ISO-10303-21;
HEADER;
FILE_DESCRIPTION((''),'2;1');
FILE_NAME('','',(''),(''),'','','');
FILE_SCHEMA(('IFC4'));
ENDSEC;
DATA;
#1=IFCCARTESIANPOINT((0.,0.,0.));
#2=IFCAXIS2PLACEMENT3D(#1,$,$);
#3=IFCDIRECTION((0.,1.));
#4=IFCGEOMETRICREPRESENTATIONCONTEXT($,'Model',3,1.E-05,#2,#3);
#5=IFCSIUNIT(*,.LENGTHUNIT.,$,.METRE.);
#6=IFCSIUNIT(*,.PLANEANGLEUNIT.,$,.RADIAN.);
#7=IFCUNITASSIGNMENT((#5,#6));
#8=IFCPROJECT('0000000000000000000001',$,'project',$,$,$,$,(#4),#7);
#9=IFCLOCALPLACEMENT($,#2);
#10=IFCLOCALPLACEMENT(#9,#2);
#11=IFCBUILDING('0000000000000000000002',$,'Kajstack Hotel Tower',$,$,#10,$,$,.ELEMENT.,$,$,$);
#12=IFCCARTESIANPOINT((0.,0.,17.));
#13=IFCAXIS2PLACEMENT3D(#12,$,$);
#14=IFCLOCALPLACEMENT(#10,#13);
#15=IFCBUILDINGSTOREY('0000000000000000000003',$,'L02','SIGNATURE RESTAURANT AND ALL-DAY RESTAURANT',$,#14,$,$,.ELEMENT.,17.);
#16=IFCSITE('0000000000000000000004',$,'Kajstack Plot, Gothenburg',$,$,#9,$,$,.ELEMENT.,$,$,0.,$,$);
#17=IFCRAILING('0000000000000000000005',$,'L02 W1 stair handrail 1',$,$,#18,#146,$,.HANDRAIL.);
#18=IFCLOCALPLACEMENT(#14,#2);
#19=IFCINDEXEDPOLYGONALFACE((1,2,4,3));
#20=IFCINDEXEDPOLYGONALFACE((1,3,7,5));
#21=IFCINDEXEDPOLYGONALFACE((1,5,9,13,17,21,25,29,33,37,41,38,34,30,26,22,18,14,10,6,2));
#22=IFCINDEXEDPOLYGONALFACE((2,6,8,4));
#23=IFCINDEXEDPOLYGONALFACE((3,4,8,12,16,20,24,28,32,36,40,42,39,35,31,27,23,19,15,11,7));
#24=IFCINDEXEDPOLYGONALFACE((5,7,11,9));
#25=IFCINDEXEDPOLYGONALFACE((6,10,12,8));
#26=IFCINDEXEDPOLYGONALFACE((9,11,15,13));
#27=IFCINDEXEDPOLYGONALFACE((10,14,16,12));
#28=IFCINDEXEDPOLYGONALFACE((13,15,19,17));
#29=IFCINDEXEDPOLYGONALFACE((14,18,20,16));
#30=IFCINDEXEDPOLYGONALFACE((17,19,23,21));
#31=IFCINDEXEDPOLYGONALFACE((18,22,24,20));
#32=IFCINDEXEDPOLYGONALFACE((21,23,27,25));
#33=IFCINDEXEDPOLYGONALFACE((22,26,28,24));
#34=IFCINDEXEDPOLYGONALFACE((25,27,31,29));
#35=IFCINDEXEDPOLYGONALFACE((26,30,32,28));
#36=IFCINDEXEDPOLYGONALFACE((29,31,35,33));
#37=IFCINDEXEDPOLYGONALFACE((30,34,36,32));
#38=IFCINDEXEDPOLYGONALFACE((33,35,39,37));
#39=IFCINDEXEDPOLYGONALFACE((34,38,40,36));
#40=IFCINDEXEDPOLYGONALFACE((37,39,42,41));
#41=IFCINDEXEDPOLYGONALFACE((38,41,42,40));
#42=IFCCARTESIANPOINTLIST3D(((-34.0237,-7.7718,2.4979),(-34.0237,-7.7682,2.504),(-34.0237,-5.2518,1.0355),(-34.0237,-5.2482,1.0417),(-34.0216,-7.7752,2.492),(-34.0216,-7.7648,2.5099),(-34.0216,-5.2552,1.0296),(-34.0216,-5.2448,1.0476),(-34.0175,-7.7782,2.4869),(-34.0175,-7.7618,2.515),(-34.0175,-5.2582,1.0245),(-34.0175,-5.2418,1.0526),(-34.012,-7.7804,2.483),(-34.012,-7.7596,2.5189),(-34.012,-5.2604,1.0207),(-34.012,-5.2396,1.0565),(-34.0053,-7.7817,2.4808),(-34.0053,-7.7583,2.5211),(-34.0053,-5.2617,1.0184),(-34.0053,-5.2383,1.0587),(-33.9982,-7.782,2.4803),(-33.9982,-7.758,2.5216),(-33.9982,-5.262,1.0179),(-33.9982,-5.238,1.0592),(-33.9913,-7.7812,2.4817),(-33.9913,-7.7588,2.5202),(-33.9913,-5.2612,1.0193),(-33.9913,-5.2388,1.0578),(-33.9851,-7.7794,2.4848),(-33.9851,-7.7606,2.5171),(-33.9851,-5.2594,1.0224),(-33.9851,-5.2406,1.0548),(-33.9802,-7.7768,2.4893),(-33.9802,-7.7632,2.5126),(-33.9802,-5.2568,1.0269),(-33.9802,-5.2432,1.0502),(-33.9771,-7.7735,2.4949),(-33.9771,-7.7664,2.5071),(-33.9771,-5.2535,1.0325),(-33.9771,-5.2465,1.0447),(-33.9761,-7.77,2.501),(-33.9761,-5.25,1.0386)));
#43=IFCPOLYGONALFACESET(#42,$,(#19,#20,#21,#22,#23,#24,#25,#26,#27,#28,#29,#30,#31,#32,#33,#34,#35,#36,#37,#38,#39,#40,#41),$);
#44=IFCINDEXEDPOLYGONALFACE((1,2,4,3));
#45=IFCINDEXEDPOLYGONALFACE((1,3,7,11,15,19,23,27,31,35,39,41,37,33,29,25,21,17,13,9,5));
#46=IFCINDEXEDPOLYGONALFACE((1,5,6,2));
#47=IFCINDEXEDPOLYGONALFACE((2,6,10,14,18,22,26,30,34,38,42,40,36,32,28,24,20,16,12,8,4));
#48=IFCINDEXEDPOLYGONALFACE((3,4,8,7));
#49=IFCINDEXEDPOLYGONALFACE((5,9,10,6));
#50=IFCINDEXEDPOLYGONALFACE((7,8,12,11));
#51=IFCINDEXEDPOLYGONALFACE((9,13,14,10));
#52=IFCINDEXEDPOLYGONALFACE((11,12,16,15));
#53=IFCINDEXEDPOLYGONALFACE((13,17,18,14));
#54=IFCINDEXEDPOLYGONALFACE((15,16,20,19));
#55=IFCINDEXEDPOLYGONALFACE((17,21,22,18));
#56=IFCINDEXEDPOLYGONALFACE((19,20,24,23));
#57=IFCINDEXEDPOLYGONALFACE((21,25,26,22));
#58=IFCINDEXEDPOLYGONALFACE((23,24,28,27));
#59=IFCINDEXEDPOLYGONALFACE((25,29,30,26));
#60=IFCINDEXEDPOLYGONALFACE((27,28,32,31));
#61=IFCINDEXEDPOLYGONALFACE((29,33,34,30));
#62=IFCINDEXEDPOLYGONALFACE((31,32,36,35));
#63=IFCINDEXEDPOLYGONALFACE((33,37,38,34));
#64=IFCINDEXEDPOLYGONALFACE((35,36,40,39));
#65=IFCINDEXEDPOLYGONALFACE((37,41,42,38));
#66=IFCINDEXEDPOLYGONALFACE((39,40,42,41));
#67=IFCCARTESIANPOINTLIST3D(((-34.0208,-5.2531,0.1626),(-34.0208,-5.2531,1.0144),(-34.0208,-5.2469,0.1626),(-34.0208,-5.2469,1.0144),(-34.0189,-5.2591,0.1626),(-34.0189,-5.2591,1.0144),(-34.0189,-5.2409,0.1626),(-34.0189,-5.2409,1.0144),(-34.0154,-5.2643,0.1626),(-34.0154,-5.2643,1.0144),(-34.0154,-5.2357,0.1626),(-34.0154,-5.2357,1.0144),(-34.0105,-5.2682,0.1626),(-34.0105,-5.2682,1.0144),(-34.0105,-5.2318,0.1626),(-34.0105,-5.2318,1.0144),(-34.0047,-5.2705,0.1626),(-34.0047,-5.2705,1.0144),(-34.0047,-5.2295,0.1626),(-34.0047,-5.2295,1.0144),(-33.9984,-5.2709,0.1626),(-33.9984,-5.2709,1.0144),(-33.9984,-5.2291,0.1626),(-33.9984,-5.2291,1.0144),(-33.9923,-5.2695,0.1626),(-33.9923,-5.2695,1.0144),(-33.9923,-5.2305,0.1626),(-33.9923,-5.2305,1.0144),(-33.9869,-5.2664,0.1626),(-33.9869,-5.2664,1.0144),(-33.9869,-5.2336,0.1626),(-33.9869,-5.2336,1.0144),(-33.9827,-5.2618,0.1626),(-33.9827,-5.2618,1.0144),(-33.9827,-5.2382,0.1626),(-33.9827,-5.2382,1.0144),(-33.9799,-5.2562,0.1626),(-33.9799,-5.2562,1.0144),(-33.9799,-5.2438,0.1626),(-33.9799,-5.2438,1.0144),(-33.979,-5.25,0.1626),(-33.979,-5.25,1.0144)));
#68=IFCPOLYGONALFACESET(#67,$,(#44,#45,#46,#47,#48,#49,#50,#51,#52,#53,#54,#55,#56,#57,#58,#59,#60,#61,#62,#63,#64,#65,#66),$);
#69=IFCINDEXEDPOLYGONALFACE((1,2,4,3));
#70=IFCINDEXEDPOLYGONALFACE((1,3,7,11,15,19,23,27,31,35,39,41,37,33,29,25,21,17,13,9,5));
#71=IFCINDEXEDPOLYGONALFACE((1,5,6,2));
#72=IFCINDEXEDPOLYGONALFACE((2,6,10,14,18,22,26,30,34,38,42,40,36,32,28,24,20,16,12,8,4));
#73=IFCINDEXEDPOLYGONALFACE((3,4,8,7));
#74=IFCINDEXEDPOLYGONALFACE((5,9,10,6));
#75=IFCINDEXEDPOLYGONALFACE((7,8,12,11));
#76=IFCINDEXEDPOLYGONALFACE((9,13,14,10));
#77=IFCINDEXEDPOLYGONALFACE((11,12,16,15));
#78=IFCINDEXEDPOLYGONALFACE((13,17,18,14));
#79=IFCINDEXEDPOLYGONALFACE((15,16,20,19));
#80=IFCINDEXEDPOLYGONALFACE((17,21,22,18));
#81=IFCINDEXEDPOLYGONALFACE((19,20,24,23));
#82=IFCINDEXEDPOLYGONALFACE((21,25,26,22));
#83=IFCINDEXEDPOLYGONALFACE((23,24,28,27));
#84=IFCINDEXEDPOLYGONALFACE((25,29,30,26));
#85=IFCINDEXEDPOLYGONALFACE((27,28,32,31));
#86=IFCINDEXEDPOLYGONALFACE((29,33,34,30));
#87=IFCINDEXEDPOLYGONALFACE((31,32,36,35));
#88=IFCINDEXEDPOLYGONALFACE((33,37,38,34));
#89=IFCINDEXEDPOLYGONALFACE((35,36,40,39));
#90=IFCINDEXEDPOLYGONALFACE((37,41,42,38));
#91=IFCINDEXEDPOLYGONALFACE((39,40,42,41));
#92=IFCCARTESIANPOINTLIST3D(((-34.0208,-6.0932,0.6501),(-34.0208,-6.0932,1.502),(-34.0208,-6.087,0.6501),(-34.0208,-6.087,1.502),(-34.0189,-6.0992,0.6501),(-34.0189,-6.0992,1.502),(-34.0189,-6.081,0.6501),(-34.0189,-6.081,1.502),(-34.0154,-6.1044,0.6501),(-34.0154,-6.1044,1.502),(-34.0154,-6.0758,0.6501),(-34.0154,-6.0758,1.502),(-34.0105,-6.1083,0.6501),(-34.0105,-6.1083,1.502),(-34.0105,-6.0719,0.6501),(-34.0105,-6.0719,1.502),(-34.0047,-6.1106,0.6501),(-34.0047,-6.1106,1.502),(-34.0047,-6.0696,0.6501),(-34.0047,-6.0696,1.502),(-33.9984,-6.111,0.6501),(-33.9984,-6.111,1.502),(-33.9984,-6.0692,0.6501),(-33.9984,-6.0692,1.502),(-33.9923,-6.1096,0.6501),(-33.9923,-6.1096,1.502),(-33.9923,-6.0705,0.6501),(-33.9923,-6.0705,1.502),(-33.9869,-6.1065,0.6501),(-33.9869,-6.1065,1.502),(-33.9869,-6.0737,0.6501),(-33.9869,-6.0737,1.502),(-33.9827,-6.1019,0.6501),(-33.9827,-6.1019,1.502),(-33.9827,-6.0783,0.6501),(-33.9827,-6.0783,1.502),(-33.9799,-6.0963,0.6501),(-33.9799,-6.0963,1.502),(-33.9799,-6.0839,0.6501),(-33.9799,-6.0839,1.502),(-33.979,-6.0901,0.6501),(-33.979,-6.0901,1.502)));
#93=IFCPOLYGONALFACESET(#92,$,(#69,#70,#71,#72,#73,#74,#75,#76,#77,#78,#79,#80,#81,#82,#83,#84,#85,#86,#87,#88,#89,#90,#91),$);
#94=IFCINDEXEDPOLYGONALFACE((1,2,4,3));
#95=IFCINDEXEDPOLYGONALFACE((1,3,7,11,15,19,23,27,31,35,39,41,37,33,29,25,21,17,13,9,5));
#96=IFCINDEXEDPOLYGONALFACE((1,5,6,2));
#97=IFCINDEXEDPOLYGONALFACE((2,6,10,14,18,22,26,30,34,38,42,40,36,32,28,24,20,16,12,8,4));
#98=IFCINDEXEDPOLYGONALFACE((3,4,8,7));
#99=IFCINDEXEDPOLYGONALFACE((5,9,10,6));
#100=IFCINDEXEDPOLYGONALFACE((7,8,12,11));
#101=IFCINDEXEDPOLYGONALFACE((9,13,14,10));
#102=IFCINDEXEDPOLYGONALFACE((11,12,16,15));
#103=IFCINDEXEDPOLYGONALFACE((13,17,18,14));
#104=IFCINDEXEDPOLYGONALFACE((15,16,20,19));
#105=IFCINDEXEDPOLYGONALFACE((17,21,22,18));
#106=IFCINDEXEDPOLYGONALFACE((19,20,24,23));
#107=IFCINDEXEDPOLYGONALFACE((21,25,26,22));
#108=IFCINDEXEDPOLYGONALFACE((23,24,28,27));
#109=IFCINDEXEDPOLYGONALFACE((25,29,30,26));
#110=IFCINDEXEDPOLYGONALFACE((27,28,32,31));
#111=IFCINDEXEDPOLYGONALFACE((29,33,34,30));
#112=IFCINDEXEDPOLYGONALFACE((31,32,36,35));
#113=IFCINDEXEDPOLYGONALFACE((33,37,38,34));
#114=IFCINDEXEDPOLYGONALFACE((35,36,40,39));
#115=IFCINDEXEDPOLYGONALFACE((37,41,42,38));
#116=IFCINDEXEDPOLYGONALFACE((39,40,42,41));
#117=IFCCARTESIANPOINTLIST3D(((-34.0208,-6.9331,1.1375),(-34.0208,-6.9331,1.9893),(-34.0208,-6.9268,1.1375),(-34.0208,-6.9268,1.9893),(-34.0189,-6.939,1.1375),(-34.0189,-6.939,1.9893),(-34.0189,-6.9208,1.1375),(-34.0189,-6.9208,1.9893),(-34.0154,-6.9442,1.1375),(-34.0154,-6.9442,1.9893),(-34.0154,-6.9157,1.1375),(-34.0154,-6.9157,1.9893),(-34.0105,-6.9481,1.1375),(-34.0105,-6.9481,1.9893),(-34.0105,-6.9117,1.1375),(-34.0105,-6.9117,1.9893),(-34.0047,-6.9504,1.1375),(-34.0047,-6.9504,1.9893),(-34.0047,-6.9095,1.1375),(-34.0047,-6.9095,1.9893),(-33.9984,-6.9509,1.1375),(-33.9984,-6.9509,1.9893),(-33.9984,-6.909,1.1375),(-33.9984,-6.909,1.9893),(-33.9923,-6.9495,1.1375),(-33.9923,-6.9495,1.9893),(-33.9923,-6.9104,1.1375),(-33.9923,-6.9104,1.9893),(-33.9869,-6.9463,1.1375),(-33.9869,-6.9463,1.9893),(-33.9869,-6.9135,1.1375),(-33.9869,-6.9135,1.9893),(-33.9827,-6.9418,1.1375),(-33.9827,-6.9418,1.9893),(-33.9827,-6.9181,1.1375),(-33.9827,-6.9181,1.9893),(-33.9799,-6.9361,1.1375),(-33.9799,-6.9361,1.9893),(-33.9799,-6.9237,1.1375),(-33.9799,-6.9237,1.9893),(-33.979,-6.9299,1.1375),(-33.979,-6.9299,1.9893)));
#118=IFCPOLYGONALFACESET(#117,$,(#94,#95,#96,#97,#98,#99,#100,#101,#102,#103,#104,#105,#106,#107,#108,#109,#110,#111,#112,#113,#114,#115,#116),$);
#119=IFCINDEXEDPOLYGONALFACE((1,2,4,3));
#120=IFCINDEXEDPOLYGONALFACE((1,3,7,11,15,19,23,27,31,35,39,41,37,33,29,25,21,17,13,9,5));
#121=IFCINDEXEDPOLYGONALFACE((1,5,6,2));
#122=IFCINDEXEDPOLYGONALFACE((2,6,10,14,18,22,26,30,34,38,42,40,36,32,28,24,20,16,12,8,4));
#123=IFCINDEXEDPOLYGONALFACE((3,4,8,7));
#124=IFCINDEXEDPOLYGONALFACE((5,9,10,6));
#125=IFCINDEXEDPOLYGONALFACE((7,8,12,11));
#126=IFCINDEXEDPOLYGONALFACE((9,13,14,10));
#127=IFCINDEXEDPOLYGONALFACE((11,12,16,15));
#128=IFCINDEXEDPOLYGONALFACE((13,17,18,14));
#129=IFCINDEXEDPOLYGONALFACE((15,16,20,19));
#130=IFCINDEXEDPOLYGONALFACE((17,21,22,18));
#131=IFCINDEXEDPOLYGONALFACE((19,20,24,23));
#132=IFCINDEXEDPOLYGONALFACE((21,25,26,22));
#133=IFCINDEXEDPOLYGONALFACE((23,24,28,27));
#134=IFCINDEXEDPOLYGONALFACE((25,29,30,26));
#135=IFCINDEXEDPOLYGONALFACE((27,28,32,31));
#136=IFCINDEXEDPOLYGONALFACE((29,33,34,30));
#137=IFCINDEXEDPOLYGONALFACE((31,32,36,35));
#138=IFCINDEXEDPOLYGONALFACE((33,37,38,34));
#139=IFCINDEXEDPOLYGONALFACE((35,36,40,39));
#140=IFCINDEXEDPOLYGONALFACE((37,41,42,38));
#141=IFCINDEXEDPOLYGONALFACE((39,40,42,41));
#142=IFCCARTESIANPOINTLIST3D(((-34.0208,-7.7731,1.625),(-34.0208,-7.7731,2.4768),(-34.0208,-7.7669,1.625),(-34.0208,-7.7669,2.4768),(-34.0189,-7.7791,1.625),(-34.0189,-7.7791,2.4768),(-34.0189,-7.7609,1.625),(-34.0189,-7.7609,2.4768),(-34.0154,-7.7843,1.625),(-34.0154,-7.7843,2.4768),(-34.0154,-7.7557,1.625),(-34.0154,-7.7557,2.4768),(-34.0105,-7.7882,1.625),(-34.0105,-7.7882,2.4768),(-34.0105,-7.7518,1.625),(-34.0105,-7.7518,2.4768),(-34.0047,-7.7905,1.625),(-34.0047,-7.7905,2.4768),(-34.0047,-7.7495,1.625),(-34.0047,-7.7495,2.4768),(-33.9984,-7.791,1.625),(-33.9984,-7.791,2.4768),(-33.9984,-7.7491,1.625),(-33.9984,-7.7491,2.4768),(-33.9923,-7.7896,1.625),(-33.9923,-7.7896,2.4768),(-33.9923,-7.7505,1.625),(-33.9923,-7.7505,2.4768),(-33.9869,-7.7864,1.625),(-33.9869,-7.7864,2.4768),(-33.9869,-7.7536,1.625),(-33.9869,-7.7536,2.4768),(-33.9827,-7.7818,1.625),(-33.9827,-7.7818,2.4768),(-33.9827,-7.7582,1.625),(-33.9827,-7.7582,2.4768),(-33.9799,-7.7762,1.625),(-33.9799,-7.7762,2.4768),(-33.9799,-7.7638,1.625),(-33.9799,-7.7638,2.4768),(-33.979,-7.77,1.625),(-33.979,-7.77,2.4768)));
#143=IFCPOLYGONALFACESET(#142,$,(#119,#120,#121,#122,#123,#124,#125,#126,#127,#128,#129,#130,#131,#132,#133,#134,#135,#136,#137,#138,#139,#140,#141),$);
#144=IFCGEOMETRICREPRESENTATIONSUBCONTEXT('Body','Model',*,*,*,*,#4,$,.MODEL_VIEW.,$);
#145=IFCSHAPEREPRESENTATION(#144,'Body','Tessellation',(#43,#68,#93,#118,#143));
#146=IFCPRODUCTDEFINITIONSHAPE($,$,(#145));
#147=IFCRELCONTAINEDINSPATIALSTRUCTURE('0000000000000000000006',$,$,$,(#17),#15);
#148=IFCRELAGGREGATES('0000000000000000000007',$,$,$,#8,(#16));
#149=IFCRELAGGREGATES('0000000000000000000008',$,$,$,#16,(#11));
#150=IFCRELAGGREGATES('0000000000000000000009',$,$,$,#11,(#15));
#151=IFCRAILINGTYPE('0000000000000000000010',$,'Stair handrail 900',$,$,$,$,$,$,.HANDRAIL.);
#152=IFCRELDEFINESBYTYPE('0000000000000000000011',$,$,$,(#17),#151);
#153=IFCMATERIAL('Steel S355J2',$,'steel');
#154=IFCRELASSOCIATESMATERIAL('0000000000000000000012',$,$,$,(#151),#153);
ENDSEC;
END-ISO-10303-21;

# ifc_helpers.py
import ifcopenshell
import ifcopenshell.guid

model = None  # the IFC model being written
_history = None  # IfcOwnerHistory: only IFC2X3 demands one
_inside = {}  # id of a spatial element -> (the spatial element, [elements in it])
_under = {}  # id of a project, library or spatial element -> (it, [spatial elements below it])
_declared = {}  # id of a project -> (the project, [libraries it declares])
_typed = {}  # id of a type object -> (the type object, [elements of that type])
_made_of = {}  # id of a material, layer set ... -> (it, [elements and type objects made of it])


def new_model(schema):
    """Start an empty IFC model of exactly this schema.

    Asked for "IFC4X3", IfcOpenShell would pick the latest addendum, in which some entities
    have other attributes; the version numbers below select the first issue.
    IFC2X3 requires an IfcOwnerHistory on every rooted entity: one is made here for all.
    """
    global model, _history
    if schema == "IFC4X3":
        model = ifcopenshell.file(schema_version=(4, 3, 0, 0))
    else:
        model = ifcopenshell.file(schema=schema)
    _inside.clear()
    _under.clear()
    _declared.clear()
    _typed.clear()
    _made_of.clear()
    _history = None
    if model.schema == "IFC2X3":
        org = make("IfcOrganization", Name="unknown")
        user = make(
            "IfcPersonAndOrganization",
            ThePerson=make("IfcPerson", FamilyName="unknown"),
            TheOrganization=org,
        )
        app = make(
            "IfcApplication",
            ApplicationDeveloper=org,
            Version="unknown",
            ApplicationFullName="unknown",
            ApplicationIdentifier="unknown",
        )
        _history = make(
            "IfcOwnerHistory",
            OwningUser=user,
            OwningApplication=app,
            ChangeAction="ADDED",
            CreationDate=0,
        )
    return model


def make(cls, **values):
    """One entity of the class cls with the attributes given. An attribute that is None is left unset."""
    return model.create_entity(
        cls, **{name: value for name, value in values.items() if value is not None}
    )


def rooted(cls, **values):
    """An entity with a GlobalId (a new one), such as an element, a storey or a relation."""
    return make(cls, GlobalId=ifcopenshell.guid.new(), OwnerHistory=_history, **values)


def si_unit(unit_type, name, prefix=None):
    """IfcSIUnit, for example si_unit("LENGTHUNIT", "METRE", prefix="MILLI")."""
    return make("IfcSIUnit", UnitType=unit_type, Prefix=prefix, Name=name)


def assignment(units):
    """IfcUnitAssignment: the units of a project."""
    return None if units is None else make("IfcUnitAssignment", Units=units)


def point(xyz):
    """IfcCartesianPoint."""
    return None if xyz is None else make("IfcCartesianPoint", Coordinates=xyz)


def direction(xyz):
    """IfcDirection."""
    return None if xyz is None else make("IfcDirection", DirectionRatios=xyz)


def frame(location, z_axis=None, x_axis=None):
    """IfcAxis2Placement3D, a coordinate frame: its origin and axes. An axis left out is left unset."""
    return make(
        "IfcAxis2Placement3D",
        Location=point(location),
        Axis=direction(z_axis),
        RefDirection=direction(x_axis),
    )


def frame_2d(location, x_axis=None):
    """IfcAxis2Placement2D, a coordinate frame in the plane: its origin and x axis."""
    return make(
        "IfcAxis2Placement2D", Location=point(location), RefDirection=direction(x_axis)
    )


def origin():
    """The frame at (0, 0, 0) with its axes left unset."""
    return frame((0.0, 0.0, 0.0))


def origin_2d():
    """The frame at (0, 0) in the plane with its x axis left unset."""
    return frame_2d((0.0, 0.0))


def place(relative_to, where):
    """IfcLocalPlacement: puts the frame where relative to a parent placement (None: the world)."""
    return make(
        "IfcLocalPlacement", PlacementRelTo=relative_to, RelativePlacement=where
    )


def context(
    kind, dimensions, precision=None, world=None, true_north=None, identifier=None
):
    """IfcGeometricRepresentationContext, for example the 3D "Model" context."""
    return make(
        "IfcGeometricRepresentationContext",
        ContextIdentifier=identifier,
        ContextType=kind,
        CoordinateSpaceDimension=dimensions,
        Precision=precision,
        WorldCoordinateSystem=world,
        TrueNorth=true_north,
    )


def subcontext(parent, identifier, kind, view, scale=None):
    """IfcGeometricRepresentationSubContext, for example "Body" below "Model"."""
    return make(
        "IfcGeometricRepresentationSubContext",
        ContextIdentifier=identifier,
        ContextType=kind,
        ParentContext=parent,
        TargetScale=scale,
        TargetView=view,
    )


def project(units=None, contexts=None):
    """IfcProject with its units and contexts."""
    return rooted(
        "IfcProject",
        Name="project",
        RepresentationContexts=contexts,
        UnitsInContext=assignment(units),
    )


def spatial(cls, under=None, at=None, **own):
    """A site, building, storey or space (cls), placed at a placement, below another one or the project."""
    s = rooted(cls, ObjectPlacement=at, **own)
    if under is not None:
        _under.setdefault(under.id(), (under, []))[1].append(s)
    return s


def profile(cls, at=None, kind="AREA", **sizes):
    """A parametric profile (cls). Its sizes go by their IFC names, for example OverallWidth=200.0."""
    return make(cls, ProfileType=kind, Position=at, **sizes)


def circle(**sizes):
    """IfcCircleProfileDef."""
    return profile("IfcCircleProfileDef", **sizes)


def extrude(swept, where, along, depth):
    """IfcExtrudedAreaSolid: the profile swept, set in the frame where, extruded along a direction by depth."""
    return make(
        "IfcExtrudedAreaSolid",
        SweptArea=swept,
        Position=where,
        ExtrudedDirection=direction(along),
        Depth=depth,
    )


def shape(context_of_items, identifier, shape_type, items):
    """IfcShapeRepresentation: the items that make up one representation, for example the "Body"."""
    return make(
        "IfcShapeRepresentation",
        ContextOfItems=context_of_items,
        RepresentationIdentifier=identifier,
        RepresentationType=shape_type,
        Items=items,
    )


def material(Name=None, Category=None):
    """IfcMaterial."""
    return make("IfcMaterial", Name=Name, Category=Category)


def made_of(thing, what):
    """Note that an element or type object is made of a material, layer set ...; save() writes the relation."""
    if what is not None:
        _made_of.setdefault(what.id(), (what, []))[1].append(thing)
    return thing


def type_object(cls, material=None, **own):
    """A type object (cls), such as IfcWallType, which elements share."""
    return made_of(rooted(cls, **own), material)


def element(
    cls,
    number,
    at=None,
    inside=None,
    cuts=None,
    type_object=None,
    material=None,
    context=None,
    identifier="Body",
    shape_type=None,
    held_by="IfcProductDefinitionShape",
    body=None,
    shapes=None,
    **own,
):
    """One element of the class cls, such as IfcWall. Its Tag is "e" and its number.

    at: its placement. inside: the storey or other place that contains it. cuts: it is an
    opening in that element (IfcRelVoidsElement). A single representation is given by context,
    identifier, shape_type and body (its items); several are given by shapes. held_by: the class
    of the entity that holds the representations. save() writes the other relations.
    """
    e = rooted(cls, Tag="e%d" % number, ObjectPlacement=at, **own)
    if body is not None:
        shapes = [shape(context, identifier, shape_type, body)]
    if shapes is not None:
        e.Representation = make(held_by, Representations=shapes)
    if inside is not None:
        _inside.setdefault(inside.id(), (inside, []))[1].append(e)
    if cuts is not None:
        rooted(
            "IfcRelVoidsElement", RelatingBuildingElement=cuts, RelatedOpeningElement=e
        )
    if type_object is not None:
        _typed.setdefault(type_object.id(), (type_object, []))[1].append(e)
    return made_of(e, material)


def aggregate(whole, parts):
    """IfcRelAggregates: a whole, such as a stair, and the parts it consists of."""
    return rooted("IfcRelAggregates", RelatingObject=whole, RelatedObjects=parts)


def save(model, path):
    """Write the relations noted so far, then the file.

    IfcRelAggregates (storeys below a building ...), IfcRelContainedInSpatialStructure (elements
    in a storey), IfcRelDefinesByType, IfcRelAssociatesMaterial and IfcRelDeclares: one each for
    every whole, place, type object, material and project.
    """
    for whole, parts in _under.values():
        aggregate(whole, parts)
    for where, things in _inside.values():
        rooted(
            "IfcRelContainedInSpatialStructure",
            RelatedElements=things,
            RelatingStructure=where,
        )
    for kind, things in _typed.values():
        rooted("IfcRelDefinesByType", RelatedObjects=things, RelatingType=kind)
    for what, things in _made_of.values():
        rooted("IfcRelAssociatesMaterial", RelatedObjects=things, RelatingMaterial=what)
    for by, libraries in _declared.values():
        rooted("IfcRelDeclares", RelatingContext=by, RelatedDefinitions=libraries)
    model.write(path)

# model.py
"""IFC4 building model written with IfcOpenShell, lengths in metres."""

from ifc_helpers import new_model, si_unit, direction, frame, origin, origin_2d, place, context, subcontext, project, spatial, circle, extrude, material, type_object, element, save


model = new_model("IFC4")

# Units and contexts
model_context = context("Model", 3, precision=1e-05, world=origin(), true_north=direction((0.0, 1.0)))
body_context = subcontext(model_context, "Body", "Model", "MODEL_VIEW")
ifc_project = project(units=[si_unit("LENGTHUNIT", "METRE"), si_unit("PLANEANGLEUNIT", "RADIAN")], contexts=[model_context])

# Site, building, storey
site_placement = place(None, origin())
site = spatial("IfcSite", under=ifc_project, at=site_placement, Name="Kajstack Plot, Gothenburg", CompositionType="ELEMENT", RefElevation=0.0)
building_placement = place(site_placement, origin())
building = spatial("IfcBuilding", under=site, at=building_placement, Name="Kajstack Hotel Tower", CompositionType="ELEMENT")
storey_placement = place(building_placement, frame((0.0, 0.0, 17.0)))
storey = spatial("IfcBuildingStorey", under=building, at=storey_placement, Name="L02", Description="SIGNATURE RESTAURANT AND ALL-DAY RESTAURANT", CompositionType="ELEMENT", Elevation=17.0)

# Railing
ifc_material_1 = material(Name="Steel S355J2", Category="steel")
railing_type_1 = type_object("IfcRailingType", Name="Stair handrail 900", PredefinedType="HANDRAIL", material=ifc_material_1)
for number, where, name in (
    (1, (-34.0, -5.25, 0.1626), "L02 W1 stair handrail 1"),
):
    element("IfcRailing", number, at=place(storey_placement, frame(where)), inside=storey, type_object=railing_type_1, Name=name, PredefinedType="HANDRAIL", context=body_context, shape_type="SweptSolid", body=[
        extrude(circle(Radius=0.0239, at=origin_2d()), frame((0.0, 0.0, 0.876), z_axis=(0.0, -0.864913, 0.501921), x_axis=(1.0, 0.0, 0.0)), (0.0, 0.0, 1.0), 2.9136),
        extrude(circle(Radius=0.021, at=origin_2d()), origin(), (0.0, 0.0, 1.0), 0.8518),
        extrude(circle(Radius=0.021, at=origin_2d()), frame((0.0, -0.8401, 0.4875)), (0.0, 0.0, 1.0), 0.8518),
        extrude(circle(Radius=0.021, at=origin_2d()), frame((0.0, -1.6799, 0.9749)), (0.0, 0.0, 1.0), 0.8518),
        extrude(circle(Radius=0.021, at=origin_2d()), frame((0.0, -2.52, 1.4624)), (0.0, 0.0, 1.0), 0.8518),
    ])

save(model, "model.ifc")
